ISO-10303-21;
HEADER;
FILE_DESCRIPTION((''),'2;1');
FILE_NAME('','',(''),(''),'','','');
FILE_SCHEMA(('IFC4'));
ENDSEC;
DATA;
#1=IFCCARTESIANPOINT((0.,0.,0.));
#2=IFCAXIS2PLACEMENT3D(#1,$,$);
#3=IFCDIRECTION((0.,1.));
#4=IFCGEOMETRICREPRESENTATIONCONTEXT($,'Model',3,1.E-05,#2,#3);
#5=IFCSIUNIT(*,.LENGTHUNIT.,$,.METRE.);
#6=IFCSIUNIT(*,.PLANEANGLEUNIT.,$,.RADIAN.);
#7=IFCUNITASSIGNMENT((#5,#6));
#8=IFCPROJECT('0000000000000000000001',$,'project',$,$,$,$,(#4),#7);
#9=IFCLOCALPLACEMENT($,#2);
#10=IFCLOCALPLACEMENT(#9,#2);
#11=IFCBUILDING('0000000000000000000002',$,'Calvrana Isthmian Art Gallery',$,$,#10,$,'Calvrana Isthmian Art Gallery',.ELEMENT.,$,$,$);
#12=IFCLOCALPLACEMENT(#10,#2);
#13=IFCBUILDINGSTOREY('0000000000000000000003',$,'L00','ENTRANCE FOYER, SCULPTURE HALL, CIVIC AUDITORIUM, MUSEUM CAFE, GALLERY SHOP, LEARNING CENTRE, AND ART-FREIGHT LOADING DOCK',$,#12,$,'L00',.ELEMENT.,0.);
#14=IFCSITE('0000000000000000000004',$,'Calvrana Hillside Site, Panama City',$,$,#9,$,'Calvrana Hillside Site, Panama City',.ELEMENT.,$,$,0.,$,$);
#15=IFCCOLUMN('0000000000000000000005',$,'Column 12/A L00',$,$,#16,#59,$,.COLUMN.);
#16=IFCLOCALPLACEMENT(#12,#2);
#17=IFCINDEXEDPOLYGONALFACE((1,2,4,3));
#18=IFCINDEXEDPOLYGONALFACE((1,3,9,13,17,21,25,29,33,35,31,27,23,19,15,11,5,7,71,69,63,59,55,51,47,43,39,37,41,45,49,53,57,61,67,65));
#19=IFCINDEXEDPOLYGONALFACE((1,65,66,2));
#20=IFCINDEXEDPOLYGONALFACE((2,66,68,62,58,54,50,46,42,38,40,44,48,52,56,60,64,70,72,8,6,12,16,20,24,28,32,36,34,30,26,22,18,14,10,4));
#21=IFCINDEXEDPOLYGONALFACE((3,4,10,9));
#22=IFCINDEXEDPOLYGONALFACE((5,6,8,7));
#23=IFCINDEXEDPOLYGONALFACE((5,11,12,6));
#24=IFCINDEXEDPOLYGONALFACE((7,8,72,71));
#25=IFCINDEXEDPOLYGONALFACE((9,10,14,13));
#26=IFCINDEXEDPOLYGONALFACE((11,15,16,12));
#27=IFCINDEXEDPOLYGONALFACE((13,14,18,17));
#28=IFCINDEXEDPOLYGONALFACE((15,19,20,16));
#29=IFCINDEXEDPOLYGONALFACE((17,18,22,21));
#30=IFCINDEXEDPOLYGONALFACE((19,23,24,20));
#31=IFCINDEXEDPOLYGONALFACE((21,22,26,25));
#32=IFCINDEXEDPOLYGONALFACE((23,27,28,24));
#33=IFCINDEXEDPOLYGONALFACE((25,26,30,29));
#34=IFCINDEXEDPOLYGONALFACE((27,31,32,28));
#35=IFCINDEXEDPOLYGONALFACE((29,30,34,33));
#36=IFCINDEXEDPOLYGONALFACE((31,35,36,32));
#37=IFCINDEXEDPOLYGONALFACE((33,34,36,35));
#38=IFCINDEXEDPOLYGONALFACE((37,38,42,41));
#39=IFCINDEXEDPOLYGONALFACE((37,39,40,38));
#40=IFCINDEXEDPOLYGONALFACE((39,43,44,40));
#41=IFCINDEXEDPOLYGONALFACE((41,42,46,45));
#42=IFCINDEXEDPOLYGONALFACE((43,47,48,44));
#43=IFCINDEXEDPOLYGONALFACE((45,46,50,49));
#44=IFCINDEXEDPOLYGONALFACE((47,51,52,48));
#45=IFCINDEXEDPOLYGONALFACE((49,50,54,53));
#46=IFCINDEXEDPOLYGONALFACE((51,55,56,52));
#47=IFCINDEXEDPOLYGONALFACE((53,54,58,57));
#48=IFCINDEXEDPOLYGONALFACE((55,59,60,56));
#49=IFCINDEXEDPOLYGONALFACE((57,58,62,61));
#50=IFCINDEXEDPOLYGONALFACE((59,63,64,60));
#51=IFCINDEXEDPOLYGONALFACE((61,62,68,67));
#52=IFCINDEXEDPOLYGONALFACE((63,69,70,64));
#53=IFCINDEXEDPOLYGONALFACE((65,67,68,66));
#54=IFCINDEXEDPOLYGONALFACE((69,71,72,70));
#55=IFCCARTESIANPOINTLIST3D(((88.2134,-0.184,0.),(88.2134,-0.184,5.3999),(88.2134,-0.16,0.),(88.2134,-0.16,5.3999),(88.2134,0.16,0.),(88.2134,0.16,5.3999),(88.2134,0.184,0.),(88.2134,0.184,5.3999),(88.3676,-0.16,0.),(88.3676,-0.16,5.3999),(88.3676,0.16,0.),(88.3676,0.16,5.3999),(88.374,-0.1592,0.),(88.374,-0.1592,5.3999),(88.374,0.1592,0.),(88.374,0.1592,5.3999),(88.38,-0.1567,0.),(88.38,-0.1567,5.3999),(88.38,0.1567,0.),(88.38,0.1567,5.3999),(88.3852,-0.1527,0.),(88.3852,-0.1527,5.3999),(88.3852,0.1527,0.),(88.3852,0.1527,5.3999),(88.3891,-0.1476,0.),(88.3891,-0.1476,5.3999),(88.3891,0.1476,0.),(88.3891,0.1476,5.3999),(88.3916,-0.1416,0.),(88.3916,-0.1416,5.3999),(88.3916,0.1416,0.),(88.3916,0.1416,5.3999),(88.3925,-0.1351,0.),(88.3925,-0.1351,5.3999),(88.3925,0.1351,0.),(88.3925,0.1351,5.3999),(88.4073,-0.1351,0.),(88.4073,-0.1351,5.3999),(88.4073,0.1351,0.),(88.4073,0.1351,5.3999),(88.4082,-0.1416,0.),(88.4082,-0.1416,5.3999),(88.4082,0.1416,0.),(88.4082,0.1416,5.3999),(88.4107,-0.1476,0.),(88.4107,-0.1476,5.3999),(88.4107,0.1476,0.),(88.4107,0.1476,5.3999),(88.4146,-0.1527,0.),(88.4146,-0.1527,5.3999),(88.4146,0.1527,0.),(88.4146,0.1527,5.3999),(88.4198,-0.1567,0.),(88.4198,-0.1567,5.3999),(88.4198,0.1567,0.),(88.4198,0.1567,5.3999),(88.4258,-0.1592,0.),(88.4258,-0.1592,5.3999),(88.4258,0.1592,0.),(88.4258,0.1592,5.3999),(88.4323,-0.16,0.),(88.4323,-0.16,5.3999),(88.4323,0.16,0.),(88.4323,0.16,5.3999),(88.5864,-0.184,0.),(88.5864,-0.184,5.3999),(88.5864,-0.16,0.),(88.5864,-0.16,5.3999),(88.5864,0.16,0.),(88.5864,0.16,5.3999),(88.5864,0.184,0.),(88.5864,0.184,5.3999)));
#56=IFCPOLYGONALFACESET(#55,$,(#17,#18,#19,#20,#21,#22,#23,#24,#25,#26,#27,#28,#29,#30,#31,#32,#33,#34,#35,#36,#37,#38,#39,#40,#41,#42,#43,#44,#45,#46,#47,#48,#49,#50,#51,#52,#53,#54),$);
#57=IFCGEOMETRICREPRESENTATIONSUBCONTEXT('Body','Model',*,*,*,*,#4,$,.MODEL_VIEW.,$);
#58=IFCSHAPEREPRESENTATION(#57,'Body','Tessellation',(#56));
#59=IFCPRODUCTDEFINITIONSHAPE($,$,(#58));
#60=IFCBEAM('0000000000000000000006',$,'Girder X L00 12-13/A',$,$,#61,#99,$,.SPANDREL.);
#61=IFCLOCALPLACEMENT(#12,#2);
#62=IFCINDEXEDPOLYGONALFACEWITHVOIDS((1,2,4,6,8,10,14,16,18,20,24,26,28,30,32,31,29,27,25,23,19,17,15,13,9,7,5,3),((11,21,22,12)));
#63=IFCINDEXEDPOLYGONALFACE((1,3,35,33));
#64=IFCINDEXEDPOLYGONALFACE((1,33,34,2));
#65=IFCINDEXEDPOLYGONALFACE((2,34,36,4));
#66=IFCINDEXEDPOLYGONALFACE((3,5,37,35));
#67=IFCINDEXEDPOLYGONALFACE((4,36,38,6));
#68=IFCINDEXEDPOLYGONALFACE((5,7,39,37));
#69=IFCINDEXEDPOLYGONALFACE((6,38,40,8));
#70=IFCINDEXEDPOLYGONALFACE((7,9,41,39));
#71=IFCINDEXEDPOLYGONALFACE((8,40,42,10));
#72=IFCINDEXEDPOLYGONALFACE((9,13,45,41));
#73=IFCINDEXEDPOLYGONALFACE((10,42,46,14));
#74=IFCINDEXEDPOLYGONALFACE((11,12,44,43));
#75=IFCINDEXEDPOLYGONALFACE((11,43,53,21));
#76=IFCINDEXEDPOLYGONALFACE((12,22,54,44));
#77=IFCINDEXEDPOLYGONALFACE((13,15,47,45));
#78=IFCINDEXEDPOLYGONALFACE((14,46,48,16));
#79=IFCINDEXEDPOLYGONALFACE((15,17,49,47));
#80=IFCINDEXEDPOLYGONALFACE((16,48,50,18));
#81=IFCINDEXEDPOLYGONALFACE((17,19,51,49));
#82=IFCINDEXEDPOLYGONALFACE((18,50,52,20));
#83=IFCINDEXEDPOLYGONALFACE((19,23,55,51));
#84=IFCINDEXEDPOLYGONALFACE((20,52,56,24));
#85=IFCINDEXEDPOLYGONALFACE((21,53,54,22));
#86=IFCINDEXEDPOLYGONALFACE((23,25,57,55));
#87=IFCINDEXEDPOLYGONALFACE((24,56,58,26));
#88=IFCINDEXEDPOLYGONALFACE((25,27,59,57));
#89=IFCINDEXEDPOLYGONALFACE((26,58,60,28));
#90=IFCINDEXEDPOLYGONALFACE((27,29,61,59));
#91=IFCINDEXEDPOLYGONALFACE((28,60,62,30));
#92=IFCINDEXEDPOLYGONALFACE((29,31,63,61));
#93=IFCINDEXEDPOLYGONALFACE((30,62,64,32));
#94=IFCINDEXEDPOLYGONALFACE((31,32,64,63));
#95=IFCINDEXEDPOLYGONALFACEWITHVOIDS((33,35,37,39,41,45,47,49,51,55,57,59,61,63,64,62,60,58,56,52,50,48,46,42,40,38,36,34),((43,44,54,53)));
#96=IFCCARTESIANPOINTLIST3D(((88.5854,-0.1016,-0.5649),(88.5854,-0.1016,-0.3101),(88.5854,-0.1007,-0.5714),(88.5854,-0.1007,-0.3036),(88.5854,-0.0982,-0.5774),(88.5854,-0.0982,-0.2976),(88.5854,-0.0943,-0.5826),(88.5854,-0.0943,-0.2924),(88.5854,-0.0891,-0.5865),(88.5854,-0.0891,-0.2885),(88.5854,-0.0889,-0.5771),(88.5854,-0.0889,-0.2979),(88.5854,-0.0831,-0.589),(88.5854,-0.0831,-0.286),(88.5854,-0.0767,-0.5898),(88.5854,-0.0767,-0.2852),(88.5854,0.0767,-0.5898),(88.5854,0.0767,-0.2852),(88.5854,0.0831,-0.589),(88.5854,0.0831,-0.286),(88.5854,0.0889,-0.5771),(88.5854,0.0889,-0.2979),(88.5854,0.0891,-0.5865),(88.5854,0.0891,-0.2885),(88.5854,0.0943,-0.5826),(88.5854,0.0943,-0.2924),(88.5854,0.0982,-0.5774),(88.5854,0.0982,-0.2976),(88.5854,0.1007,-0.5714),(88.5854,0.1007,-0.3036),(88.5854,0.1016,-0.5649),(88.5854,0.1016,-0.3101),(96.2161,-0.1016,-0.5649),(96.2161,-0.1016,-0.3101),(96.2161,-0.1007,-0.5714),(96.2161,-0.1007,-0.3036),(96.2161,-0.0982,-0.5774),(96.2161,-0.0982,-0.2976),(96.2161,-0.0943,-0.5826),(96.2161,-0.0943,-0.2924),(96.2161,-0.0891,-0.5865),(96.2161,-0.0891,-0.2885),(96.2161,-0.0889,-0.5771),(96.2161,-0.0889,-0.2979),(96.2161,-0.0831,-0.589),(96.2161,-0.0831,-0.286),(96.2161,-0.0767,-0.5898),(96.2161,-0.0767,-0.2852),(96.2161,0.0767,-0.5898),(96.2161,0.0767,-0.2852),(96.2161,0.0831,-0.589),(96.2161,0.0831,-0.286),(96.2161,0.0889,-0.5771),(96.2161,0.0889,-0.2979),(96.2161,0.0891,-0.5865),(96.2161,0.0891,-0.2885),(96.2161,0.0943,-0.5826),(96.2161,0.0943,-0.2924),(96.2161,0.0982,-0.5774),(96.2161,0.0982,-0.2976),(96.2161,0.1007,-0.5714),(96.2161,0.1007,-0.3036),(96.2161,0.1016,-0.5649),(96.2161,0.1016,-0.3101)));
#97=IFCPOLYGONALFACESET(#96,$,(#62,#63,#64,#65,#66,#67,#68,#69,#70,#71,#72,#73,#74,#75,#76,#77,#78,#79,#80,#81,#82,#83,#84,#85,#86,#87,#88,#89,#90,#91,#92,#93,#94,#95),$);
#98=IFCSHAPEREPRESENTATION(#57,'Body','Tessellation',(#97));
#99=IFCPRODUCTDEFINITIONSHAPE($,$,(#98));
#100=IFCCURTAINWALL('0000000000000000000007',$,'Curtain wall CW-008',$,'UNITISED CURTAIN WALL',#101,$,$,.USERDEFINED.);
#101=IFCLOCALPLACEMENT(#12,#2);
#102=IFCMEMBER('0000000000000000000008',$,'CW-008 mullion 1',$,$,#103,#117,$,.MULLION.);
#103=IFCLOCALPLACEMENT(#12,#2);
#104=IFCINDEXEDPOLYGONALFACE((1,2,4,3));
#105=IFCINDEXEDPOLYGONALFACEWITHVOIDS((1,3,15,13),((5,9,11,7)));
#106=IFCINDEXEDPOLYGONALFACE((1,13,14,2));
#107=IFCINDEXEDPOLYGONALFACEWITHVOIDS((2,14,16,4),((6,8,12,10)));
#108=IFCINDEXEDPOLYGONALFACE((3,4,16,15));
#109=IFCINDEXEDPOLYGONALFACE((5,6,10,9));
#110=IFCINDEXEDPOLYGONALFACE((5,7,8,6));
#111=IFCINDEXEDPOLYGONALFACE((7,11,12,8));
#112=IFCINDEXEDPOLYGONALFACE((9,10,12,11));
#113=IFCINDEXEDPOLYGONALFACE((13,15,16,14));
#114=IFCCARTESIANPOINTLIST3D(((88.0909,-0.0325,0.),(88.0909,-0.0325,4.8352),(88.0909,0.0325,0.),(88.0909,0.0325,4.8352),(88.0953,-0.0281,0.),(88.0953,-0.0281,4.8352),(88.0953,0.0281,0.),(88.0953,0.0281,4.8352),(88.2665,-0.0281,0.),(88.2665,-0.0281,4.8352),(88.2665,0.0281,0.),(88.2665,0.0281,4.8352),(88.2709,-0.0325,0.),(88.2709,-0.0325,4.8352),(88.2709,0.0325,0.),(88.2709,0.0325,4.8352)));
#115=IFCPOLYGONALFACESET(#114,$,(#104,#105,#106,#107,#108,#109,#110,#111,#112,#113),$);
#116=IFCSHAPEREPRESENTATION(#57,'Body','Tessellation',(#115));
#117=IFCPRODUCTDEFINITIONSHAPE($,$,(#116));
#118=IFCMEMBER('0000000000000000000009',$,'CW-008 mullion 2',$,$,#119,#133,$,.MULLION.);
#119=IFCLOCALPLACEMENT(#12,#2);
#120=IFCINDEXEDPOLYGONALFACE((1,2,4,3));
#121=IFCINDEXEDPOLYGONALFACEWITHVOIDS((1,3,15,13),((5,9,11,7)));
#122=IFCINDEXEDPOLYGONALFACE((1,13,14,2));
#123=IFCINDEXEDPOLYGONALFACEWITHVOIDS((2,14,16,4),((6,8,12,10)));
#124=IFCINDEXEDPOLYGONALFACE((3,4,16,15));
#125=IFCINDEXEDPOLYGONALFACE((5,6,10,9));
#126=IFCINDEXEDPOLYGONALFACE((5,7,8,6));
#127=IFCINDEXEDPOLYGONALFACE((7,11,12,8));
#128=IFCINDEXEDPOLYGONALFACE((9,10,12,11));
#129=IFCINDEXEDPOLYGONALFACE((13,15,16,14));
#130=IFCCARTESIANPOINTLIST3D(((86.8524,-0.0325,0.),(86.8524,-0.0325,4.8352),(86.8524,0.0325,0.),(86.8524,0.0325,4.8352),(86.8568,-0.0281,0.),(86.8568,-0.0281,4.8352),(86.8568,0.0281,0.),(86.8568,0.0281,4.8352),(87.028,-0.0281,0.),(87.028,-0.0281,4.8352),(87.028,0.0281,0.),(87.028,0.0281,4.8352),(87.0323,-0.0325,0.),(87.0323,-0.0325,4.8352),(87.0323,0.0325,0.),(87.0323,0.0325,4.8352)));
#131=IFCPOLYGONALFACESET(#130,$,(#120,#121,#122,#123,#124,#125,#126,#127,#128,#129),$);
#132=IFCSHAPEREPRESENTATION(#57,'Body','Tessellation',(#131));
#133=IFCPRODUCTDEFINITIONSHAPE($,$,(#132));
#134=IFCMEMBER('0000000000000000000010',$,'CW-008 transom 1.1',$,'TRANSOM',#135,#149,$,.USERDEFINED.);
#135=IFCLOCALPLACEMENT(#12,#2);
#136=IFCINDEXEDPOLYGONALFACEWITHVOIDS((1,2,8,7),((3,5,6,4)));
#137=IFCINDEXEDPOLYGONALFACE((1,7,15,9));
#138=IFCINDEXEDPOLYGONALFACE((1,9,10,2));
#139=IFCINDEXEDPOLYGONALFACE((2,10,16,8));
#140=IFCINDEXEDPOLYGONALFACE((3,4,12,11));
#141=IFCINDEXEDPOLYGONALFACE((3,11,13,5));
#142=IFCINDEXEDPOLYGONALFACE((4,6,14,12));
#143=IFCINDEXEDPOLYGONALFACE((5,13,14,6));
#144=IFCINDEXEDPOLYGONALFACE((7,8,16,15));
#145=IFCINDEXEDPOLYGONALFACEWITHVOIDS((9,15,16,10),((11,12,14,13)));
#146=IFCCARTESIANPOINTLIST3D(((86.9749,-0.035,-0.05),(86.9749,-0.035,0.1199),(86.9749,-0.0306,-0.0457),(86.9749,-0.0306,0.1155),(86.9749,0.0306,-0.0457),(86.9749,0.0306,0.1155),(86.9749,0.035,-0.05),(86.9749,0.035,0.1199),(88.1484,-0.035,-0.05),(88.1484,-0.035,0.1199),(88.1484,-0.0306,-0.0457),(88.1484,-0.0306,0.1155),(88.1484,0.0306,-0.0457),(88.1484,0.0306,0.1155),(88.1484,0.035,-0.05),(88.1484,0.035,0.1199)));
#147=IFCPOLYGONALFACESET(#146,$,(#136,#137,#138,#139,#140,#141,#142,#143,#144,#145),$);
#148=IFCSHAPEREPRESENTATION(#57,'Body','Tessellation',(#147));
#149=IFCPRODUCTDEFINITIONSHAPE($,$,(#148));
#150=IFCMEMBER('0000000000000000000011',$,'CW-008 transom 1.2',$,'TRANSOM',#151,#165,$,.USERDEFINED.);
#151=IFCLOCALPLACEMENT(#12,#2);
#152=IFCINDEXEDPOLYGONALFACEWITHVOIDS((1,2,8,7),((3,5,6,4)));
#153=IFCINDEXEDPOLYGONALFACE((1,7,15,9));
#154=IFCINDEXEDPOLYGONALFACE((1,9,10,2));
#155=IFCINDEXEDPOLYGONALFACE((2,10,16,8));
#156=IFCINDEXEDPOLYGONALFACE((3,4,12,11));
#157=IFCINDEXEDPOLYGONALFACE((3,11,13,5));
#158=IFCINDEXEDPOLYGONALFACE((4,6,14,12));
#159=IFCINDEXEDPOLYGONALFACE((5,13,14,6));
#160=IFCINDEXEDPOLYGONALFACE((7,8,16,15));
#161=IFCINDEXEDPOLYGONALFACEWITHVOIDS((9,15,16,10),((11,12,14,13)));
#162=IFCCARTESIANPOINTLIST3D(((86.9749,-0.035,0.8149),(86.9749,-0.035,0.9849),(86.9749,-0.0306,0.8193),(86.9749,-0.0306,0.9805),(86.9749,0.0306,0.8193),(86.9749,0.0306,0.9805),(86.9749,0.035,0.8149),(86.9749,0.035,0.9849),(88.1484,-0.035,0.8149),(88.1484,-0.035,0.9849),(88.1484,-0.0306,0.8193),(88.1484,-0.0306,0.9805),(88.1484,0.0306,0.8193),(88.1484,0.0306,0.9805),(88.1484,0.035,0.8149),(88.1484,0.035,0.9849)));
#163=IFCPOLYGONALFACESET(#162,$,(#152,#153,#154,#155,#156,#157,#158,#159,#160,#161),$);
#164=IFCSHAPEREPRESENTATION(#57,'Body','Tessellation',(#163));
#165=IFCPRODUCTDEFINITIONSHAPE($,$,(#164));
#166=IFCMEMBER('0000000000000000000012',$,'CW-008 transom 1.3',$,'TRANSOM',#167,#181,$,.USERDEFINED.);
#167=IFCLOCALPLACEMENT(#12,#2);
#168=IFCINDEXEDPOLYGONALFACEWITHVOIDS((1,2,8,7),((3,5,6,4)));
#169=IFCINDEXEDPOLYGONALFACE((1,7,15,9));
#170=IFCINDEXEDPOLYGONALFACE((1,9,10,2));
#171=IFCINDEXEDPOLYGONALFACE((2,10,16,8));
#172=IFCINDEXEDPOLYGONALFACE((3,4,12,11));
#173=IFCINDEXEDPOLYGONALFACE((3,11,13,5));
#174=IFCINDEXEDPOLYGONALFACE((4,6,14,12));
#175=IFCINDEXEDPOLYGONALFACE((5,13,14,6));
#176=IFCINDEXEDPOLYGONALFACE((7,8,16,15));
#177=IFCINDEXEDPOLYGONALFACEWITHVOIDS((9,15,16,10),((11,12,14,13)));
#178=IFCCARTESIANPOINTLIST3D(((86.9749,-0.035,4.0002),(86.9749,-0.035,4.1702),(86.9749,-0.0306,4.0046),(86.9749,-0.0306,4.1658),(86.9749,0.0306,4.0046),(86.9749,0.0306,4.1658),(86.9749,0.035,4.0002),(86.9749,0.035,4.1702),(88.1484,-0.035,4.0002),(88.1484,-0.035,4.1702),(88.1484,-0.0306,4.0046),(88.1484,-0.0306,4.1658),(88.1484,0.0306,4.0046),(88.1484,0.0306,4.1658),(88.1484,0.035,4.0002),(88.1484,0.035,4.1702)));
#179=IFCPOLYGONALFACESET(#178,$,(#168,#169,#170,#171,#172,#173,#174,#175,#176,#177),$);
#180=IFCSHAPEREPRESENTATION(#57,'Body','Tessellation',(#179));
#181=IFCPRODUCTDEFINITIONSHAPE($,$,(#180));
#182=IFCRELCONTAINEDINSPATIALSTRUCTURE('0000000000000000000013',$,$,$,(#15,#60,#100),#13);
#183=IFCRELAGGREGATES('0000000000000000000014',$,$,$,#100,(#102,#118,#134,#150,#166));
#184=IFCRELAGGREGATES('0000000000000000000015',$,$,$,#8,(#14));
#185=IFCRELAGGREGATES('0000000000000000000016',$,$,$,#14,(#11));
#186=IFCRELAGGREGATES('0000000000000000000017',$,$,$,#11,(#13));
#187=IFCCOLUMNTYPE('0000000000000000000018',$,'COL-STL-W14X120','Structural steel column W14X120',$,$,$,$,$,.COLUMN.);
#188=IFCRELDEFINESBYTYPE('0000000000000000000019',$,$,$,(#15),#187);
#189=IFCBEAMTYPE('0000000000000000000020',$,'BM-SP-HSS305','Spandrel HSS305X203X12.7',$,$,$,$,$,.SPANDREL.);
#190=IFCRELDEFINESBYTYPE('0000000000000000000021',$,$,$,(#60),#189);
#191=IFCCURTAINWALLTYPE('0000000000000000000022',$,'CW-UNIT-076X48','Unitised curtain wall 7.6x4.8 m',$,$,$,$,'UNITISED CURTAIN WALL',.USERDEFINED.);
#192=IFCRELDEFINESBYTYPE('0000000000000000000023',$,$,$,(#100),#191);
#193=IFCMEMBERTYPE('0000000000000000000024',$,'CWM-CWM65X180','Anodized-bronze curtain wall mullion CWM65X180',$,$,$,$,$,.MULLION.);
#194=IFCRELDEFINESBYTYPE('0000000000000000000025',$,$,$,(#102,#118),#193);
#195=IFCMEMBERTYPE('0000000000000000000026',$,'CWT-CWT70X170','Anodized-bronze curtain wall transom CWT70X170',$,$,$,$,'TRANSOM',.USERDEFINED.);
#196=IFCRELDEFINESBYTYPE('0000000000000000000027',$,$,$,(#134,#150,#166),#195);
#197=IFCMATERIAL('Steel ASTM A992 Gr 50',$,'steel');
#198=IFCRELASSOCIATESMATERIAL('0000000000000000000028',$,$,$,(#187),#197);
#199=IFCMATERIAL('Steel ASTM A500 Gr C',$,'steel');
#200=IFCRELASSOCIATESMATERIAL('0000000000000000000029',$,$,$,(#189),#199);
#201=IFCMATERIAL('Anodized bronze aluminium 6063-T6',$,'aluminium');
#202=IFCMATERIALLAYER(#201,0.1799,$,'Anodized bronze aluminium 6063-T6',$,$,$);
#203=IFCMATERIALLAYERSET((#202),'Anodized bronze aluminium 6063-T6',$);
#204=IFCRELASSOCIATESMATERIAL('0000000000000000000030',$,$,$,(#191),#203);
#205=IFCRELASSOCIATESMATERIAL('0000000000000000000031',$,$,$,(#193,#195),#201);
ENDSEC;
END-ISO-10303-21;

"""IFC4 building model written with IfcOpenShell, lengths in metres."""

from ifc_helpers import new_model, si_unit, direction, frame, origin, origin_2d, place, context, subcontext, project, spatial, hollow_rectangle, i_section, extrude, material, layer, layer_set, material_profile, profile_set, type_object, element, aggregate, save


model = new_model("IFC4")

# Units and contexts
model_context = context("Model", 3, precision=1e-05, world=origin(), true_north=direction((0.0, 1.0)))
body_context = subcontext(model_context, "Body", "Model", "MODEL_VIEW")
ifc_project = project(units=[si_unit("LENGTHUNIT", "METRE"), si_unit("PLANEANGLEUNIT", "RADIAN")], contexts=[model_context])

# Site, building, storey
site_placement = place(None, origin())
site = spatial("IfcSite", under=ifc_project, at=site_placement, Name="Calvrana Hillside Site, Panama City", LongName="Calvrana Hillside Site, Panama City", CompositionType="ELEMENT", RefElevation=0.0)
building_placement = place(site_placement, origin())
building = spatial("IfcBuilding", under=site, at=building_placement, Name="Calvrana Isthmian Art Gallery", LongName="Calvrana Isthmian Art Gallery", CompositionType="ELEMENT")
storey_placement = place(building_placement, origin())
storey = spatial("IfcBuildingStorey", under=building, at=storey_placement, Name="L00", Description="ENTRANCE FOYER, SCULPTURE HALL, CIVIC AUDITORIUM, MUSEUM CAFE, GALLERY SHOP, LEARNING CENTRE, AND ART-FREIGHT LOADING DOCK", LongName="L00", CompositionType="ELEMENT", Elevation=0.0)

# Column
ifc_material_1 = material(Name="Steel ASTM A992 Gr 50", Category="steel")
ifc_material_profile_1 = material_profile(ifc_material_1, i_section(OverallWidth=0.373, OverallDepth=0.3679, WebThickness=0.0149, FlangeThickness=0.0239, FilletRadius=0.0249, at=origin_2d()), Name="W14X120")
ifc_profile_set_1 = profile_set([ifc_material_profile_1], Name="Steel ASTM A992 Gr 50")
column_type = type_object("IfcColumnType", Name="COL-STL-W14X120", Description="Structural steel column W14X120", PredefinedType="COLUMN", material=ifc_profile_set_1)
column_placement = place(storey_placement, frame((88.3999, 0.0, 0.0), z_axis=(0.0, 0.0, 1.0), x_axis=(1.0, 0.0, 0.0)))
element("IfcColumn", 1, at=column_placement, inside=storey, type_object=column_type, Name="Column 12/A L00", PredefinedType="COLUMN", context=body_context, shape_type="SweptSolid", body=[
    extrude(i_section(OverallWidth=0.373, OverallDepth=0.3679, WebThickness=0.0149, FlangeThickness=0.0239, FilletRadius=0.0249, at=origin_2d()), origin(), (0.0, 0.0, 1.0), 5.3999),
])

# Beam
ifc_material_2 = material(Name="Steel ASTM A500 Gr C", Category="steel")
ifc_material_profile_2 = material_profile(ifc_material_2, hollow_rectangle(XDim=0.2031, YDim=0.3047, WallThickness=0.0127, OuterFilletRadius=0.0249, at=origin_2d()), Name="HSS305X203X12.7")
ifc_profile_set_2 = profile_set([ifc_material_profile_2], Name="Steel ASTM A500 Gr C")
beam_type = type_object("IfcBeamType", Name="BM-SP-HSS305", Description="Spandrel HSS305X203X12.7", PredefinedType="SPANDREL", material=ifc_profile_set_2)
beam_placement = place(storey_placement, frame((88.5854, 0.0, -0.4375), z_axis=(1.0, 0.0, 0.0), x_axis=(0.0, 1.0, 0.0)))
element("IfcBeam", 2, at=beam_placement, inside=storey, type_object=beam_type, Name="Girder X L00 12-13/A", PredefinedType="SPANDREL", context=body_context, shape_type="SweptSolid", body=[
    extrude(hollow_rectangle(XDim=0.2031, YDim=0.3047, WallThickness=0.0127, OuterFilletRadius=0.0249, at=origin_2d()), origin(), (0.0, 0.0, 1.0), 7.6306),
])

# Curtain wall, members
ifc_material_3 = material(Name="Anodized bronze aluminium 6063-T6", Category="aluminium")
ifc_layer_1 = layer(ifc_material_3, 0.1799, Name="Anodized bronze aluminium 6063-T6")
ifc_layer_set_1 = layer_set([ifc_layer_1], Name="Anodized bronze aluminium 6063-T6")
curtain_wall_type = type_object("IfcCurtainWallType", Name="CW-UNIT-076X48", Description="Unitised curtain wall 7.6x4.8 m", ElementType="UNITISED CURTAIN WALL", PredefinedType="USERDEFINED", material=ifc_layer_set_1)
curtain_wall_placement = place(storey_placement, origin())
curtain_wall = element("IfcCurtainWall", 3, at=curtain_wall_placement, inside=storey, type_object=curtain_wall_type, Name="Curtain wall CW-008", ObjectType="UNITISED CURTAIN WALL", PredefinedType="USERDEFINED")
ifc_material_profile_3 = material_profile(ifc_material_3, hollow_rectangle(XDim=0.0649, YDim=0.1799, WallThickness=0.0044, at=origin_2d()), Name="CWM65X180")
ifc_profile_set_3 = profile_set([ifc_material_profile_3], Name="Anodized bronze aluminium 6063-T6")
member_type_1 = type_object("IfcMemberType", Name="CWM-CWM65X180", Description="Anodized-bronze curtain wall mullion CWM65X180", PredefinedType="MULLION", material=ifc_profile_set_3)
member_1_placement = place(storey_placement, frame((88.1809, 0.0, 0.0), z_axis=(0.0, 0.0, 1.0), x_axis=(0.0, -1.0, 0.0)))
member_1 = element("IfcMember", 4, at=member_1_placement, type_object=member_type_1, Name="CW-008 mullion 1", PredefinedType="MULLION", context=body_context, shape_type="SweptSolid", body=[
    extrude(hollow_rectangle(XDim=0.0649, YDim=0.1799, WallThickness=0.0044, at=origin_2d()), origin(), (0.0, 0.0, 1.0), 4.8352),
])
member_2_placement = place(storey_placement, frame((86.9424, 0.0, 0.0), z_axis=(0.0, 0.0, 1.0), x_axis=(0.0, -1.0, 0.0)))
member_2 = element("IfcMember", 5, at=member_2_placement, type_object=member_type_1, Name="CW-008 mullion 2", PredefinedType="MULLION", context=body_context, shape_type="SweptSolid", body=[
    extrude(hollow_rectangle(XDim=0.0649, YDim=0.1799, WallThickness=0.0044, at=origin_2d()), origin(), (0.0, 0.0, 1.0), 4.8352),
])
ifc_material_profile_4 = material_profile(ifc_material_3, hollow_rectangle(XDim=0.0701, YDim=0.1699, WallThickness=0.0044, at=origin_2d()), Name="CWT70X170")
ifc_profile_set_4 = profile_set([ifc_material_profile_4], Name="Anodized bronze aluminium 6063-T6")
member_type_2 = type_object("IfcMemberType", Name="CWT-CWT70X170", Description="Anodized-bronze curtain wall transom CWT70X170", ElementType="TRANSOM", PredefinedType="USERDEFINED", material=ifc_profile_set_4)
member_3_placement = place(storey_placement, frame((88.1484, 0.0, 0.0349), z_axis=(-1.0, 0.0, 0.0), x_axis=(0.0, -1.0, 0.0)))
member_3 = element("IfcMember", 6, at=member_3_placement, type_object=member_type_2, Name="CW-008 transom 1.1", ObjectType="TRANSOM", PredefinedType="USERDEFINED", context=body_context, shape_type="SweptSolid", body=[
    extrude(hollow_rectangle(XDim=0.0701, YDim=0.1699, WallThickness=0.0044, at=origin_2d()), origin(), (0.0, 0.0, 1.0), 1.1736),
])
member_4_placement = place(storey_placement, frame((88.1484, 0.0, 0.8999), z_axis=(-1.0, 0.0, 0.0), x_axis=(0.0, -1.0, 0.0)))
member_4 = element("IfcMember", 7, at=member_4_placement, type_object=member_type_2, Name="CW-008 transom 1.2", ObjectType="TRANSOM", PredefinedType="USERDEFINED", context=body_context, shape_type="SweptSolid", body=[
    extrude(hollow_rectangle(XDim=0.0701, YDim=0.1699, WallThickness=0.0044, at=origin_2d()), origin(), (0.0, 0.0, 1.0), 1.1736),
])
member_5_placement = place(storey_placement, frame((88.1484, 0.0, 4.0852), z_axis=(-1.0, 0.0, 0.0), x_axis=(0.0, -1.0, 0.0)))
member_5 = element("IfcMember", 8, at=member_5_placement, type_object=member_type_2, Name="CW-008 transom 1.3", ObjectType="TRANSOM", PredefinedType="USERDEFINED", context=body_context, shape_type="SweptSolid", body=[
    extrude(hollow_rectangle(XDim=0.0701, YDim=0.1699, WallThickness=0.0044, at=origin_2d()), origin(), (0.0, 0.0, 1.0), 1.1736),
])
aggregate(curtain_wall, [member_1, member_2, member_3, member_4, member_5])

save(model, "model.ifc")
